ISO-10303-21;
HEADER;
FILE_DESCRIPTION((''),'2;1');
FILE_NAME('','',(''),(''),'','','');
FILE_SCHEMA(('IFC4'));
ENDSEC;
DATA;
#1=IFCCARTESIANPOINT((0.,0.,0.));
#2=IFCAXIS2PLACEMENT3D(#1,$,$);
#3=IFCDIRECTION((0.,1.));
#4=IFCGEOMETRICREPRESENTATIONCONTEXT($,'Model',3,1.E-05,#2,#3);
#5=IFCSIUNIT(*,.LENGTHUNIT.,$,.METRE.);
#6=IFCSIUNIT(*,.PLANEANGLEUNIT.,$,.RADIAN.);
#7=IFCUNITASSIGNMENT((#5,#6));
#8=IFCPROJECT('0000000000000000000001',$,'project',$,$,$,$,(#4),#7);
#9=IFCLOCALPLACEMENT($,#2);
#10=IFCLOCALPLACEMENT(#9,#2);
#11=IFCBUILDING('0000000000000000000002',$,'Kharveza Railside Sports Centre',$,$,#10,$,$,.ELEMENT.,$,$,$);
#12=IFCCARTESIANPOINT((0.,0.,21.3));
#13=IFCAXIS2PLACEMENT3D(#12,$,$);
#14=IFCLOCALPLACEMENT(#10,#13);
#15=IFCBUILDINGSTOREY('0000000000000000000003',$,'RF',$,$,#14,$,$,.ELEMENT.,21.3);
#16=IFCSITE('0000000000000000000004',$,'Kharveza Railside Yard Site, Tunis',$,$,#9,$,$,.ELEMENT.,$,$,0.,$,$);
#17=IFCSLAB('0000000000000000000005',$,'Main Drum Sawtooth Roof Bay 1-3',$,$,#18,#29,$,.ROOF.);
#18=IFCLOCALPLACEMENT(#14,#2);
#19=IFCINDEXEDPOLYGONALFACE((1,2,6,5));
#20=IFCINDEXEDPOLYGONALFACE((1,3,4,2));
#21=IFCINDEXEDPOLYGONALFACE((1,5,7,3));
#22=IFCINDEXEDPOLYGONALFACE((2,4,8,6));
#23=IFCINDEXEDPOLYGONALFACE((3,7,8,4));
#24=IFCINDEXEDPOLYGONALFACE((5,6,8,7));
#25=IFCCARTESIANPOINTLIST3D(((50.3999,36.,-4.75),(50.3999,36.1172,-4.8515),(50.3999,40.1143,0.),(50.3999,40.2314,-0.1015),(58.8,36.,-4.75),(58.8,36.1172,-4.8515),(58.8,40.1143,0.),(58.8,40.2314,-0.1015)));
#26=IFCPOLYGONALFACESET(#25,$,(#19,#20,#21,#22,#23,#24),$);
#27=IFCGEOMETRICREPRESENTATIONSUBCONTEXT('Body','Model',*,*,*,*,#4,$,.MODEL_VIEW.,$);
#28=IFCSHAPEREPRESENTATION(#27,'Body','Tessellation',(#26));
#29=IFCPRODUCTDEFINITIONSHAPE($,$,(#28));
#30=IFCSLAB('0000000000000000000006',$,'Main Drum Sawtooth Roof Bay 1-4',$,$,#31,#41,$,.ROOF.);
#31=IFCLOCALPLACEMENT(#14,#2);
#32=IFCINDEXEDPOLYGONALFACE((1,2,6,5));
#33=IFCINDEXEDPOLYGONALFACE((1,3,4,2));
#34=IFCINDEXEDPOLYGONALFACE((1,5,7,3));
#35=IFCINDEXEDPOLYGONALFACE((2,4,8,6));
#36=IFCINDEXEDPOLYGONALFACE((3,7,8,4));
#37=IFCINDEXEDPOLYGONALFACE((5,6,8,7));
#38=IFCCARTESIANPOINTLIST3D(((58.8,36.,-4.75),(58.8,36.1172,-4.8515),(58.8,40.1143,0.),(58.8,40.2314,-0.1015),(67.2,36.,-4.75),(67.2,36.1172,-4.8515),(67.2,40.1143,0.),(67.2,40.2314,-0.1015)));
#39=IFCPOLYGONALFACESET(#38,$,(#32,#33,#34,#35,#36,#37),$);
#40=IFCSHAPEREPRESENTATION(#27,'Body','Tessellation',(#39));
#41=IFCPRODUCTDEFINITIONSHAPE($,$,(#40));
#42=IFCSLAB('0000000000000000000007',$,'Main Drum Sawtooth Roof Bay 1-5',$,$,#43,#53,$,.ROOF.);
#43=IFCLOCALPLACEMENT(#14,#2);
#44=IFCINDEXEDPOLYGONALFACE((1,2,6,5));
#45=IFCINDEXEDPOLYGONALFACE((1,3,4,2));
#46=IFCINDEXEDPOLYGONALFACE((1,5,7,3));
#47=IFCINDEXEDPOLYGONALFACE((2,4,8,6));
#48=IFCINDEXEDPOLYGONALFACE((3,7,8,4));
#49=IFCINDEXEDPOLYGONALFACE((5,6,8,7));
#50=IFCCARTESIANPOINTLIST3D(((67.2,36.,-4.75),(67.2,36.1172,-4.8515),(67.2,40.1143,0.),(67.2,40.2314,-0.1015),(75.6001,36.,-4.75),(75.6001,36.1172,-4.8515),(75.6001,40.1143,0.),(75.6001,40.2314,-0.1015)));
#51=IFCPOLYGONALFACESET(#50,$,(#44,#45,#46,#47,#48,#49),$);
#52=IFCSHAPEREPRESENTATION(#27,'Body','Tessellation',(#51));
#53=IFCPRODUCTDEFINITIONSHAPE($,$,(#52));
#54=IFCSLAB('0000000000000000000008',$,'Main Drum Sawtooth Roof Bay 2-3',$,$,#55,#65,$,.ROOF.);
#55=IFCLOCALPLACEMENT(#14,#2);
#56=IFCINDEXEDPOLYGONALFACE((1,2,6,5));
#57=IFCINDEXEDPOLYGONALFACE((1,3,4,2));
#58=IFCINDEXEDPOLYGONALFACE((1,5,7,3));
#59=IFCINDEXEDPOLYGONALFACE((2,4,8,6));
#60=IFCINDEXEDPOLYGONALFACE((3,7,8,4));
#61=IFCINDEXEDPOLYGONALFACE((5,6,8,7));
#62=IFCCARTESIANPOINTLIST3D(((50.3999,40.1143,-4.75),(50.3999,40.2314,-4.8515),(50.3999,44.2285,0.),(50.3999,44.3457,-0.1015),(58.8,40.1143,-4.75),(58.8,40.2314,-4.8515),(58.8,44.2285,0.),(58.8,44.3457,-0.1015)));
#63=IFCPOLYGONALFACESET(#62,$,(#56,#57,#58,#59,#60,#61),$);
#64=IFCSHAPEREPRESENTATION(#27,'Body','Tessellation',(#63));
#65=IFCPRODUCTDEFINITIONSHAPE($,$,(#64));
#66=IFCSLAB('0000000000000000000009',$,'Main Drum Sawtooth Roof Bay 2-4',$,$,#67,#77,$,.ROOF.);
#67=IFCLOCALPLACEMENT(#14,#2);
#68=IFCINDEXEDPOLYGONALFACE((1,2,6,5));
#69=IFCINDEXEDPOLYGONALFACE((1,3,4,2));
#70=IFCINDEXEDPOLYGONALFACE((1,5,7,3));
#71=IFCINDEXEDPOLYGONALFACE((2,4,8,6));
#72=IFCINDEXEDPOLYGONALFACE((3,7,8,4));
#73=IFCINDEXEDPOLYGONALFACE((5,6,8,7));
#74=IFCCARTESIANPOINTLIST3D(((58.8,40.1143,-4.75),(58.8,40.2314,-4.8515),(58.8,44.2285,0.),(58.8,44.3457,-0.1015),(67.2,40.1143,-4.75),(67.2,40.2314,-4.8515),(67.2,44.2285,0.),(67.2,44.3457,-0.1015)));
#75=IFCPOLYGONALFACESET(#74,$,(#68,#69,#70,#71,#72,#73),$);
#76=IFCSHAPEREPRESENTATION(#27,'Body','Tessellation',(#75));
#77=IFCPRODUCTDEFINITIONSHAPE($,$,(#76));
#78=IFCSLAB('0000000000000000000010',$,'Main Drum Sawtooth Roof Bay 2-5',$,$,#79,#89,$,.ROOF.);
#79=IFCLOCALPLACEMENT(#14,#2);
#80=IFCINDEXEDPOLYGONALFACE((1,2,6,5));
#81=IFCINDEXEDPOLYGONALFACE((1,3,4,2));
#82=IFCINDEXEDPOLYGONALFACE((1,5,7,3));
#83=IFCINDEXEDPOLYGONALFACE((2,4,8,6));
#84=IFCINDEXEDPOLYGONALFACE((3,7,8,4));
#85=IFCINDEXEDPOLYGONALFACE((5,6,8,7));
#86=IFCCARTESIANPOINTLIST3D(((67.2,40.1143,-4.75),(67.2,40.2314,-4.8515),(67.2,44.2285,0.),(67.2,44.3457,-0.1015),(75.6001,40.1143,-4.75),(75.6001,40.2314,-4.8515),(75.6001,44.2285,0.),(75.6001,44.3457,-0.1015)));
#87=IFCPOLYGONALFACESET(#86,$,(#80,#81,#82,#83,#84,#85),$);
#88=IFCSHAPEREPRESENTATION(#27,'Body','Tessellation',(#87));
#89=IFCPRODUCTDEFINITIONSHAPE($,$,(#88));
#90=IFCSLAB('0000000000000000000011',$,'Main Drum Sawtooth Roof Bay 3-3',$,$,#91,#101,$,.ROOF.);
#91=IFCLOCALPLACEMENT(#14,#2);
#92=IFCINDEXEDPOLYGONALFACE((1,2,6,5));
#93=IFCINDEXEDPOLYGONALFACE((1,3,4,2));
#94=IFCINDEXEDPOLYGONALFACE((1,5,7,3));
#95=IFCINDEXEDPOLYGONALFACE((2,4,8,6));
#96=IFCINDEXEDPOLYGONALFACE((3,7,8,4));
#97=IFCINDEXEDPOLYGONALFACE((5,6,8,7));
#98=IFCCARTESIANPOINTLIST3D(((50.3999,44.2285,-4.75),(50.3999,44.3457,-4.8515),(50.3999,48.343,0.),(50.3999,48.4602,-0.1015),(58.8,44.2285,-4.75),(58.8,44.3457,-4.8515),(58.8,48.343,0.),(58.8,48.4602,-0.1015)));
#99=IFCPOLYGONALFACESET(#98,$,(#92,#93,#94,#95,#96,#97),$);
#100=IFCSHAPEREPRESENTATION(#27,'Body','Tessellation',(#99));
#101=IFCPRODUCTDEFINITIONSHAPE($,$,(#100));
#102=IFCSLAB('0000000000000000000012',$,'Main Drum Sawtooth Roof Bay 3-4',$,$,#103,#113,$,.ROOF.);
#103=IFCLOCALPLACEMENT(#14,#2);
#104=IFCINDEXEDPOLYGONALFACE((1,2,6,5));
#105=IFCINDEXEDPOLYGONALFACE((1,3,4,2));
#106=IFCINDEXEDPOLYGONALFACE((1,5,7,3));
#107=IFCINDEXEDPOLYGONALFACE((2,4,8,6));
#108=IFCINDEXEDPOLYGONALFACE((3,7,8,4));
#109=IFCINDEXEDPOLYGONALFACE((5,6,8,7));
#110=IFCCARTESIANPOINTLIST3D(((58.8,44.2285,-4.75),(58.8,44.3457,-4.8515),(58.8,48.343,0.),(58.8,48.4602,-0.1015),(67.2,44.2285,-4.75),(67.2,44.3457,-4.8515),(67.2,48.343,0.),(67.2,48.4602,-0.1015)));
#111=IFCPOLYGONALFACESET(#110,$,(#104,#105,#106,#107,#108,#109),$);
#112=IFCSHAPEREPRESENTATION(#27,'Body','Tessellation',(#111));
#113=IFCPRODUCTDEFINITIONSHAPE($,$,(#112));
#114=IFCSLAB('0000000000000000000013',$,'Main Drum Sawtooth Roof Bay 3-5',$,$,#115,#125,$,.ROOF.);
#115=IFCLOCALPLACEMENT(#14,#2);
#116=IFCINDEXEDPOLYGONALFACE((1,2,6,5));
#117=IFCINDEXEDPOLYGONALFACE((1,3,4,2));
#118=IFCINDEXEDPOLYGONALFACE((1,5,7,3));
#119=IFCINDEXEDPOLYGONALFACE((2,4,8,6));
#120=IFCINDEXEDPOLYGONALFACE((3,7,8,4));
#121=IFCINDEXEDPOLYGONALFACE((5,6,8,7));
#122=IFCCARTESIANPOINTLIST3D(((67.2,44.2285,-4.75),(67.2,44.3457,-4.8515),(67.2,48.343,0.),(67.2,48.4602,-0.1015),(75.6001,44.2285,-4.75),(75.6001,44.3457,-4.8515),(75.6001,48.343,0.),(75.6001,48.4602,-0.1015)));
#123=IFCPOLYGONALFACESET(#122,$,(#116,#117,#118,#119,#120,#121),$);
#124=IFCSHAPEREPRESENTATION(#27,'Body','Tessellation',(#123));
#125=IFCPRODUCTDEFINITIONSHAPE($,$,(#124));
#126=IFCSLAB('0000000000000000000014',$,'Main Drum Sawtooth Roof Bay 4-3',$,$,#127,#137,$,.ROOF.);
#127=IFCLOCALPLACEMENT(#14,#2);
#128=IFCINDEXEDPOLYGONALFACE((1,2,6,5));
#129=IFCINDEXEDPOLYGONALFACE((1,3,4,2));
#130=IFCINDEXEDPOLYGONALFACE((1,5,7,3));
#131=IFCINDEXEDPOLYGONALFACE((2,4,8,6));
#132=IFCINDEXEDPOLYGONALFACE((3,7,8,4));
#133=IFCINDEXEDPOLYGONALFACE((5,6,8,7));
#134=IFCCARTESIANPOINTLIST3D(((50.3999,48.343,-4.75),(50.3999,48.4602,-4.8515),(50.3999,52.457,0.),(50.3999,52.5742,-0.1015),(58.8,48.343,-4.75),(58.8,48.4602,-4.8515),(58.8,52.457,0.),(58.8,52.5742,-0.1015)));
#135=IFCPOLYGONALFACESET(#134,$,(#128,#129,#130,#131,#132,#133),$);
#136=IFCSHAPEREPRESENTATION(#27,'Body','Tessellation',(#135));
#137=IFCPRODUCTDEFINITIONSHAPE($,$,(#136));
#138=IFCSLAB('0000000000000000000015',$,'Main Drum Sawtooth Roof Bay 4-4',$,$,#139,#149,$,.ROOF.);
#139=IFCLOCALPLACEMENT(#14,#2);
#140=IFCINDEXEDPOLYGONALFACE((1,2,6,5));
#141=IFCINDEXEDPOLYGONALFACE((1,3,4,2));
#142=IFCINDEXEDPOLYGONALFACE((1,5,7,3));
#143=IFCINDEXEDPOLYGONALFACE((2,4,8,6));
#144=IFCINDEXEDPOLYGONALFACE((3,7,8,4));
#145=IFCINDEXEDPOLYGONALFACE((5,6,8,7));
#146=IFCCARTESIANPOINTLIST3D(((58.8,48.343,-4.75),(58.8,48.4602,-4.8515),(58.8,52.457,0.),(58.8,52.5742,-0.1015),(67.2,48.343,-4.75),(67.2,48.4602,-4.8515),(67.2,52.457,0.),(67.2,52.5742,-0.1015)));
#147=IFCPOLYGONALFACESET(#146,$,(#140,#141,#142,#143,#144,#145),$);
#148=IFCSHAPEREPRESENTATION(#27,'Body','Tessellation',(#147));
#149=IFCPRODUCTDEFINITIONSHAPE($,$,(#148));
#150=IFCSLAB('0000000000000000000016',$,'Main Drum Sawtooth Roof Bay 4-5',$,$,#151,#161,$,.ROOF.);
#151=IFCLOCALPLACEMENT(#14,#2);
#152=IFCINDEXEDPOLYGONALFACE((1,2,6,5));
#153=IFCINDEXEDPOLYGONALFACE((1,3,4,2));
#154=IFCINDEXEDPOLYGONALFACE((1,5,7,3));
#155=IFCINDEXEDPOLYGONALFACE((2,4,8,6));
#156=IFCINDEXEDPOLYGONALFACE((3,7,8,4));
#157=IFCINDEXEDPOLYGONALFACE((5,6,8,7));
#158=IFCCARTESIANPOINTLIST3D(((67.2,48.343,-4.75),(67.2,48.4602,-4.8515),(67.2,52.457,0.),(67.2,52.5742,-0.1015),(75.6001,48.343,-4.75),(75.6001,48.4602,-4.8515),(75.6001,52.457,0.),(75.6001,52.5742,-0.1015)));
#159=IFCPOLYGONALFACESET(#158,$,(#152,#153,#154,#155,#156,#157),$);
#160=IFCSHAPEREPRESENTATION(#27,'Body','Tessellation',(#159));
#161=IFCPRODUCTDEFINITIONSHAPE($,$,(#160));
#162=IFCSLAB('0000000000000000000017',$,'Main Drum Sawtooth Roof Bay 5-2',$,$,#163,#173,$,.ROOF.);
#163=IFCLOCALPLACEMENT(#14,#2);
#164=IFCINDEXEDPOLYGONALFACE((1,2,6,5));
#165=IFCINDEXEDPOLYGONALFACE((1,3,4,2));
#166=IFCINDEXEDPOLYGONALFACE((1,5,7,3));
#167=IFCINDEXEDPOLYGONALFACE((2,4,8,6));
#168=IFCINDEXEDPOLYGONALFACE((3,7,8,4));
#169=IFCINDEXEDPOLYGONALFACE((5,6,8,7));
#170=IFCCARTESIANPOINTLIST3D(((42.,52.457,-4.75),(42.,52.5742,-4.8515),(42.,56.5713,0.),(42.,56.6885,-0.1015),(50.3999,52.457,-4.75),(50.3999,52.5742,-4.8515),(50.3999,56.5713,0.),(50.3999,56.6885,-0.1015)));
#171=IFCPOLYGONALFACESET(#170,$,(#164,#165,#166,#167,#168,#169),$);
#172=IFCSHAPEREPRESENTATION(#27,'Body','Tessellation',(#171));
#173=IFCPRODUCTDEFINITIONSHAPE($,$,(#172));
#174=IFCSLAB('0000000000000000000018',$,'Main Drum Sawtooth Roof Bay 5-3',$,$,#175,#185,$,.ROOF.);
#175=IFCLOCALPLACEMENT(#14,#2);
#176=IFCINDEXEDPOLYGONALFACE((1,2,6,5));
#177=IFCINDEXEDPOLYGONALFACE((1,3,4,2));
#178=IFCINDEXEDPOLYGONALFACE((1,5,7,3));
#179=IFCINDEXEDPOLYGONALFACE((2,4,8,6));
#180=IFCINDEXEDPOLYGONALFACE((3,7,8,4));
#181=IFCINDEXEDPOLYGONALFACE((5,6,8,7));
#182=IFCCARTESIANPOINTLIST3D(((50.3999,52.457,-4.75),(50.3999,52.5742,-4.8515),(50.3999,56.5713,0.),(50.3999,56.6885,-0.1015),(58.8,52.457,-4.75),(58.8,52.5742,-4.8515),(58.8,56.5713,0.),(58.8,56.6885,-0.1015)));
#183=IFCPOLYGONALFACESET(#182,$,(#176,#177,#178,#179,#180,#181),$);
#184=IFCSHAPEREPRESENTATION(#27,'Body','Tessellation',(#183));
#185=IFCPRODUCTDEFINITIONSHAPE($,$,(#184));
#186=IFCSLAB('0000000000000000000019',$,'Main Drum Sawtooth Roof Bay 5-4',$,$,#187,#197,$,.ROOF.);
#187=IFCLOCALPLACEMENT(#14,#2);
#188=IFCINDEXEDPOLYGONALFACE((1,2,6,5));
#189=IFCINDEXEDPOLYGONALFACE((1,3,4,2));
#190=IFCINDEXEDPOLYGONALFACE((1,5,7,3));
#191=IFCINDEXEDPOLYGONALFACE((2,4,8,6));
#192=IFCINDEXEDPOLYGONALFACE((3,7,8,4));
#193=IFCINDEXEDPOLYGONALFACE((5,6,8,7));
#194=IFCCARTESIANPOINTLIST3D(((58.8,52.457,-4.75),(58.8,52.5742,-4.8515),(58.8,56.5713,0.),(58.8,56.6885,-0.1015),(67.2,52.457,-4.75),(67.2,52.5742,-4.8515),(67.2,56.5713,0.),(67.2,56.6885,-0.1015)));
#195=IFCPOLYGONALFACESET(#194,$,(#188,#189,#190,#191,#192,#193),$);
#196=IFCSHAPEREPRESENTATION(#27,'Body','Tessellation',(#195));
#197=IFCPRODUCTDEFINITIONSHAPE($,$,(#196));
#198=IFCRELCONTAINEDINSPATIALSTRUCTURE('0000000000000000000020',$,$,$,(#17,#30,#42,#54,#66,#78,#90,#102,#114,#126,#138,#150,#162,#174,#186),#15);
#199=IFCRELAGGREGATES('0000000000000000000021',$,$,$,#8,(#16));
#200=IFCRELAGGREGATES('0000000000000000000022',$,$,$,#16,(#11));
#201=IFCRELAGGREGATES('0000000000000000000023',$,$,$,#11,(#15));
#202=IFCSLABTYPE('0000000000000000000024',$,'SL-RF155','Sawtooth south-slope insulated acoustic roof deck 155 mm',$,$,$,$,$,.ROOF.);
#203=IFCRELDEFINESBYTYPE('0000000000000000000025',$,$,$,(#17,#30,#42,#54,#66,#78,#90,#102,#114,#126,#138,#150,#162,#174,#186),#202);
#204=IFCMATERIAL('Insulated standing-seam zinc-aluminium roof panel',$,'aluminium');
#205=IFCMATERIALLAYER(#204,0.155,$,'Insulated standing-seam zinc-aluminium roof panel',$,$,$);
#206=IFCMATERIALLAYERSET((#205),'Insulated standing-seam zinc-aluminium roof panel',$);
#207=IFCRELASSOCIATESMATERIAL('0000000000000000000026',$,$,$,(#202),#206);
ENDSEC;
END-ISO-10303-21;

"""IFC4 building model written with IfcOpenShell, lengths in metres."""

from ifc_helpers import new_model, si_unit, direction, frame, origin, place, context, subcontext, project, spatial, polyline, outline, extrude, material, layer, layer_set, type_object, element, save


model = new_model("IFC4")

# Units and contexts
model_context = context("Model", 3, precision=1e-05, world=origin(), true_north=direction((0.0, 1.0)))
body_context = subcontext(model_context, "Body", "Model", "MODEL_VIEW")
ifc_project = project(units=[si_unit("LENGTHUNIT", "METRE"), si_unit("PLANEANGLEUNIT", "RADIAN")], contexts=[model_context])

# Site, building, storey
site_placement = place(None, origin())
site = spatial("IfcSite", under=ifc_project, at=site_placement, Name="Kharveza Railside Yard Site, Tunis", CompositionType="ELEMENT", RefElevation=0.0)
building_placement = place(site_placement, origin())
building = spatial("IfcBuilding", under=site, at=building_placement, Name="Kharveza Railside Sports Centre", CompositionType="ELEMENT")
storey_placement = place(building_placement, frame((0.0, 0.0, 21.3)))
storey = spatial("IfcBuildingStorey", under=building, at=storey_placement, Name="RF", CompositionType="ELEMENT", Elevation=21.3)

# Slabs
ifc_material = material(Name="Insulated standing-seam zinc-aluminium roof panel", Category="aluminium")
ifc_layer = layer(ifc_material, 0.155, Name="Insulated standing-seam zinc-aluminium roof panel")
ifc_layer_set = layer_set([ifc_layer], Name="Insulated standing-seam zinc-aluminium roof panel")
slab_type = type_object("IfcSlabType", Name="SL-RF155", Description="Sawtooth south-slope insulated acoustic roof deck 155 mm", PredefinedType="ROOF", material=ifc_layer_set)
slab_1_placement = place(storey_placement, frame((50.3999, 36.0, -4.75), z_axis=(0.0, -0.755879, 0.654712), x_axis=(1.0, 0.0, 0.0)))
element("IfcSlab", 1, at=slab_1_placement, inside=storey, type_object=slab_type, Name="Main Drum Sawtooth Roof Bay 1-3", PredefinedType="ROOF", context=body_context, shape_type="SweptSolid", body=[
    extrude(outline(polyline([(0.0, 0.0), (8.4001, 0.0), (8.4001, 6.2841), (0.0, 6.2841), (0.0, 0.0)])), origin(), (0.0, 0.0, -1.0), 0.155),
])
slab_2_placement = place(storey_placement, frame((58.8, 36.0, -4.75), z_axis=(0.0, -0.755879, 0.654712), x_axis=(1.0, 0.0, 0.0)))
element("IfcSlab", 2, at=slab_2_placement, inside=storey, type_object=slab_type, Name="Main Drum Sawtooth Roof Bay 1-4", PredefinedType="ROOF", context=body_context, shape_type="SweptSolid", body=[
    extrude(outline(polyline([(0.0, 0.0), (8.3999, 0.0), (8.3999, 6.2841), (0.0, 6.2841), (0.0, 0.0)])), origin(), (0.0, 0.0, -1.0), 0.155),
])
for number, where, z_axis, x_axis, name in (
    (3, (67.2, 36.0, -4.75), (0.0, -0.755879, 0.654712), (1.0, 0.0, 0.0), "Main Drum Sawtooth Roof Bay 1-5"),
    (4, (50.3999, 40.1143, -4.75), (0.0, -0.755879, 0.654712), (1.0, 0.0, 0.0), "Main Drum Sawtooth Roof Bay 2-3"),
):
    element("IfcSlab", number, at=place(storey_placement, frame(where, z_axis=z_axis, x_axis=x_axis)), inside=storey, type_object=slab_type, Name=name, PredefinedType="ROOF", context=body_context, shape_type="SweptSolid", body=[
        extrude(outline(polyline([(0.0, 0.0), (8.4001, 0.0), (8.4001, 6.2841), (0.0, 6.2841), (0.0, 0.0)])), origin(), (0.0, 0.0, -1.0), 0.155),
    ])
slab_3_placement = place(storey_placement, frame((58.8, 40.1143, -4.75), z_axis=(0.0, -0.755879, 0.654712), x_axis=(1.0, 0.0, 0.0)))
element("IfcSlab", 5, at=slab_3_placement, inside=storey, type_object=slab_type, Name="Main Drum Sawtooth Roof Bay 2-4", PredefinedType="ROOF", context=body_context, shape_type="SweptSolid", body=[
    extrude(outline(polyline([(0.0, 0.0), (8.3999, 0.0), (8.3999, 6.2841), (0.0, 6.2841), (0.0, 0.0)])), origin(), (0.0, 0.0, -1.0), 0.155),
])
slab_4_placement = place(storey_placement, frame((67.2, 40.1143, -4.75), z_axis=(0.0, -0.755879, 0.654712), x_axis=(1.0, 0.0, 0.0)))
element("IfcSlab", 6, at=slab_4_placement, inside=storey, type_object=slab_type, Name="Main Drum Sawtooth Roof Bay 2-5", PredefinedType="ROOF", context=body_context, shape_type="SweptSolid", body=[
    extrude(outline(polyline([(0.0, 0.0), (8.4001, 0.0), (8.4001, 6.2841), (0.0, 6.2841), (0.0, 0.0)])), origin(), (0.0, 0.0, -1.0), 0.155),
])
slab_5_placement = place(storey_placement, frame((50.3999, 44.2285, -4.75), z_axis=(0.0, -0.75586, 0.654734), x_axis=(1.0, 0.0, 0.0)))
element("IfcSlab", 7, at=slab_5_placement, inside=storey, type_object=slab_type, Name="Main Drum Sawtooth Roof Bay 3-3", PredefinedType="ROOF", context=body_context, shape_type="SweptSolid", body=[
    extrude(outline(polyline([(0.0, 0.0), (8.4001, 0.0), (8.4001, 6.2842), (0.0, 6.2842), (0.0, 0.0)])), origin(), (0.0, 0.0, -1.0), 0.155),
])
slab_6_placement = place(storey_placement, frame((58.8, 44.2285, -4.75), z_axis=(0.0, -0.75586, 0.654734), x_axis=(1.0, 0.0, 0.0)))
element("IfcSlab", 8, at=slab_6_placement, inside=storey, type_object=slab_type, Name="Main Drum Sawtooth Roof Bay 3-4", PredefinedType="ROOF", context=body_context, shape_type="SweptSolid", body=[
    extrude(outline(polyline([(0.0, 0.0), (8.3999, 0.0), (8.3999, 6.2842), (0.0, 6.2842), (0.0, 0.0)])), origin(), (0.0, 0.0, -1.0), 0.155),
])
slab_7_placement = place(storey_placement, frame((67.2, 44.2285, -4.75), z_axis=(0.0, -0.75586, 0.654734), x_axis=(1.0, 0.0, 0.0)))
element("IfcSlab", 9, at=slab_7_placement, inside=storey, type_object=slab_type, Name="Main Drum Sawtooth Roof Bay 3-5", PredefinedType="ROOF", context=body_context, shape_type="SweptSolid", body=[
    extrude(outline(polyline([(0.0, 0.0), (8.4001, 0.0), (8.4001, 6.2842), (0.0, 6.2842), (0.0, 0.0)])), origin(), (0.0, 0.0, -1.0), 0.155),
])
slab_8_placement = place(storey_placement, frame((50.3999, 48.343, -4.75), z_axis=(0.0, -0.755898, 0.654689), x_axis=(1.0, 0.0, 0.0)))
element("IfcSlab", 10, at=slab_8_placement, inside=storey, type_object=slab_type, Name="Main Drum Sawtooth Roof Bay 4-3", PredefinedType="ROOF", context=body_context, shape_type="SweptSolid", body=[
    extrude(outline(polyline([(0.0, 0.0), (8.4001, 0.0), (8.4001, 6.2839), (0.0, 6.2839), (0.0, 0.0)])), origin(), (0.0, 0.0, -1.0), 0.155),
])
slab_9_placement = place(storey_placement, frame((58.8, 48.343, -4.75), z_axis=(0.0, -0.755898, 0.654689), x_axis=(1.0, 0.0, 0.0)))
element("IfcSlab", 11, at=slab_9_placement, inside=storey, type_object=slab_type, Name="Main Drum Sawtooth Roof Bay 4-4", PredefinedType="ROOF", context=body_context, shape_type="SweptSolid", body=[
    extrude(outline(polyline([(0.0, 0.0), (8.3999, 0.0), (8.3999, 6.2839), (0.0, 6.2839), (0.0, 0.0)])), origin(), (0.0, 0.0, -1.0), 0.155),
])
slab_10_placement = place(storey_placement, frame((67.2, 48.343, -4.75), z_axis=(0.0, -0.755898, 0.654689), x_axis=(1.0, 0.0, 0.0)))
element("IfcSlab", 12, at=slab_10_placement, inside=storey, type_object=slab_type, Name="Main Drum Sawtooth Roof Bay 4-5", PredefinedType="ROOF", context=body_context, shape_type="SweptSolid", body=[
    extrude(outline(polyline([(0.0, 0.0), (8.4001, 0.0), (8.4001, 6.2839), (0.0, 6.2839), (0.0, 0.0)])), origin(), (0.0, 0.0, -1.0), 0.155),
])
slab_11_placement = place(storey_placement, frame((42.0, 52.457, -4.75), z_axis=(0.0, -0.755879, 0.654712), x_axis=(1.0, 0.0, 0.0)))
element("IfcSlab", 13, at=slab_11_placement, inside=storey, type_object=slab_type, Name="Main Drum Sawtooth Roof Bay 5-2", PredefinedType="ROOF", context=body_context, shape_type="SweptSolid", body=[
    extrude(outline(polyline([(0.0, 0.0), (8.3999, 0.0), (8.3999, 6.2841), (0.0, 6.2841), (0.0, 0.0)])), origin(), (0.0, 0.0, -1.0), 0.155),
])
slab_12_placement = place(storey_placement, frame((50.3999, 52.457, -4.75), z_axis=(0.0, -0.755879, 0.654712), x_axis=(1.0, 0.0, 0.0)))
element("IfcSlab", 14, at=slab_12_placement, inside=storey, type_object=slab_type, Name="Main Drum Sawtooth Roof Bay 5-3", PredefinedType="ROOF", context=body_context, shape_type="SweptSolid", body=[
    extrude(outline(polyline([(0.0, 0.0), (8.4001, 0.0), (8.4001, 6.2841), (0.0, 6.2841), (0.0, 0.0)])), origin(), (0.0, 0.0, -1.0), 0.155),
])
slab_13_placement = place(storey_placement, frame((58.8, 52.457, -4.75), z_axis=(0.0, -0.755879, 0.654712), x_axis=(1.0, 0.0, 0.0)))
element("IfcSlab", 15, at=slab_13_placement, inside=storey, type_object=slab_type, Name="Main Drum Sawtooth Roof Bay 5-4", PredefinedType="ROOF", context=body_context, shape_type="SweptSolid", body=[
    extrude(outline(polyline([(0.0, 0.0), (8.3999, 0.0), (8.3999, 6.2841), (0.0, 6.2841), (0.0, 0.0)])), origin(), (0.0, 0.0, -1.0), 0.155),
])

save(model, "model.ifc")
